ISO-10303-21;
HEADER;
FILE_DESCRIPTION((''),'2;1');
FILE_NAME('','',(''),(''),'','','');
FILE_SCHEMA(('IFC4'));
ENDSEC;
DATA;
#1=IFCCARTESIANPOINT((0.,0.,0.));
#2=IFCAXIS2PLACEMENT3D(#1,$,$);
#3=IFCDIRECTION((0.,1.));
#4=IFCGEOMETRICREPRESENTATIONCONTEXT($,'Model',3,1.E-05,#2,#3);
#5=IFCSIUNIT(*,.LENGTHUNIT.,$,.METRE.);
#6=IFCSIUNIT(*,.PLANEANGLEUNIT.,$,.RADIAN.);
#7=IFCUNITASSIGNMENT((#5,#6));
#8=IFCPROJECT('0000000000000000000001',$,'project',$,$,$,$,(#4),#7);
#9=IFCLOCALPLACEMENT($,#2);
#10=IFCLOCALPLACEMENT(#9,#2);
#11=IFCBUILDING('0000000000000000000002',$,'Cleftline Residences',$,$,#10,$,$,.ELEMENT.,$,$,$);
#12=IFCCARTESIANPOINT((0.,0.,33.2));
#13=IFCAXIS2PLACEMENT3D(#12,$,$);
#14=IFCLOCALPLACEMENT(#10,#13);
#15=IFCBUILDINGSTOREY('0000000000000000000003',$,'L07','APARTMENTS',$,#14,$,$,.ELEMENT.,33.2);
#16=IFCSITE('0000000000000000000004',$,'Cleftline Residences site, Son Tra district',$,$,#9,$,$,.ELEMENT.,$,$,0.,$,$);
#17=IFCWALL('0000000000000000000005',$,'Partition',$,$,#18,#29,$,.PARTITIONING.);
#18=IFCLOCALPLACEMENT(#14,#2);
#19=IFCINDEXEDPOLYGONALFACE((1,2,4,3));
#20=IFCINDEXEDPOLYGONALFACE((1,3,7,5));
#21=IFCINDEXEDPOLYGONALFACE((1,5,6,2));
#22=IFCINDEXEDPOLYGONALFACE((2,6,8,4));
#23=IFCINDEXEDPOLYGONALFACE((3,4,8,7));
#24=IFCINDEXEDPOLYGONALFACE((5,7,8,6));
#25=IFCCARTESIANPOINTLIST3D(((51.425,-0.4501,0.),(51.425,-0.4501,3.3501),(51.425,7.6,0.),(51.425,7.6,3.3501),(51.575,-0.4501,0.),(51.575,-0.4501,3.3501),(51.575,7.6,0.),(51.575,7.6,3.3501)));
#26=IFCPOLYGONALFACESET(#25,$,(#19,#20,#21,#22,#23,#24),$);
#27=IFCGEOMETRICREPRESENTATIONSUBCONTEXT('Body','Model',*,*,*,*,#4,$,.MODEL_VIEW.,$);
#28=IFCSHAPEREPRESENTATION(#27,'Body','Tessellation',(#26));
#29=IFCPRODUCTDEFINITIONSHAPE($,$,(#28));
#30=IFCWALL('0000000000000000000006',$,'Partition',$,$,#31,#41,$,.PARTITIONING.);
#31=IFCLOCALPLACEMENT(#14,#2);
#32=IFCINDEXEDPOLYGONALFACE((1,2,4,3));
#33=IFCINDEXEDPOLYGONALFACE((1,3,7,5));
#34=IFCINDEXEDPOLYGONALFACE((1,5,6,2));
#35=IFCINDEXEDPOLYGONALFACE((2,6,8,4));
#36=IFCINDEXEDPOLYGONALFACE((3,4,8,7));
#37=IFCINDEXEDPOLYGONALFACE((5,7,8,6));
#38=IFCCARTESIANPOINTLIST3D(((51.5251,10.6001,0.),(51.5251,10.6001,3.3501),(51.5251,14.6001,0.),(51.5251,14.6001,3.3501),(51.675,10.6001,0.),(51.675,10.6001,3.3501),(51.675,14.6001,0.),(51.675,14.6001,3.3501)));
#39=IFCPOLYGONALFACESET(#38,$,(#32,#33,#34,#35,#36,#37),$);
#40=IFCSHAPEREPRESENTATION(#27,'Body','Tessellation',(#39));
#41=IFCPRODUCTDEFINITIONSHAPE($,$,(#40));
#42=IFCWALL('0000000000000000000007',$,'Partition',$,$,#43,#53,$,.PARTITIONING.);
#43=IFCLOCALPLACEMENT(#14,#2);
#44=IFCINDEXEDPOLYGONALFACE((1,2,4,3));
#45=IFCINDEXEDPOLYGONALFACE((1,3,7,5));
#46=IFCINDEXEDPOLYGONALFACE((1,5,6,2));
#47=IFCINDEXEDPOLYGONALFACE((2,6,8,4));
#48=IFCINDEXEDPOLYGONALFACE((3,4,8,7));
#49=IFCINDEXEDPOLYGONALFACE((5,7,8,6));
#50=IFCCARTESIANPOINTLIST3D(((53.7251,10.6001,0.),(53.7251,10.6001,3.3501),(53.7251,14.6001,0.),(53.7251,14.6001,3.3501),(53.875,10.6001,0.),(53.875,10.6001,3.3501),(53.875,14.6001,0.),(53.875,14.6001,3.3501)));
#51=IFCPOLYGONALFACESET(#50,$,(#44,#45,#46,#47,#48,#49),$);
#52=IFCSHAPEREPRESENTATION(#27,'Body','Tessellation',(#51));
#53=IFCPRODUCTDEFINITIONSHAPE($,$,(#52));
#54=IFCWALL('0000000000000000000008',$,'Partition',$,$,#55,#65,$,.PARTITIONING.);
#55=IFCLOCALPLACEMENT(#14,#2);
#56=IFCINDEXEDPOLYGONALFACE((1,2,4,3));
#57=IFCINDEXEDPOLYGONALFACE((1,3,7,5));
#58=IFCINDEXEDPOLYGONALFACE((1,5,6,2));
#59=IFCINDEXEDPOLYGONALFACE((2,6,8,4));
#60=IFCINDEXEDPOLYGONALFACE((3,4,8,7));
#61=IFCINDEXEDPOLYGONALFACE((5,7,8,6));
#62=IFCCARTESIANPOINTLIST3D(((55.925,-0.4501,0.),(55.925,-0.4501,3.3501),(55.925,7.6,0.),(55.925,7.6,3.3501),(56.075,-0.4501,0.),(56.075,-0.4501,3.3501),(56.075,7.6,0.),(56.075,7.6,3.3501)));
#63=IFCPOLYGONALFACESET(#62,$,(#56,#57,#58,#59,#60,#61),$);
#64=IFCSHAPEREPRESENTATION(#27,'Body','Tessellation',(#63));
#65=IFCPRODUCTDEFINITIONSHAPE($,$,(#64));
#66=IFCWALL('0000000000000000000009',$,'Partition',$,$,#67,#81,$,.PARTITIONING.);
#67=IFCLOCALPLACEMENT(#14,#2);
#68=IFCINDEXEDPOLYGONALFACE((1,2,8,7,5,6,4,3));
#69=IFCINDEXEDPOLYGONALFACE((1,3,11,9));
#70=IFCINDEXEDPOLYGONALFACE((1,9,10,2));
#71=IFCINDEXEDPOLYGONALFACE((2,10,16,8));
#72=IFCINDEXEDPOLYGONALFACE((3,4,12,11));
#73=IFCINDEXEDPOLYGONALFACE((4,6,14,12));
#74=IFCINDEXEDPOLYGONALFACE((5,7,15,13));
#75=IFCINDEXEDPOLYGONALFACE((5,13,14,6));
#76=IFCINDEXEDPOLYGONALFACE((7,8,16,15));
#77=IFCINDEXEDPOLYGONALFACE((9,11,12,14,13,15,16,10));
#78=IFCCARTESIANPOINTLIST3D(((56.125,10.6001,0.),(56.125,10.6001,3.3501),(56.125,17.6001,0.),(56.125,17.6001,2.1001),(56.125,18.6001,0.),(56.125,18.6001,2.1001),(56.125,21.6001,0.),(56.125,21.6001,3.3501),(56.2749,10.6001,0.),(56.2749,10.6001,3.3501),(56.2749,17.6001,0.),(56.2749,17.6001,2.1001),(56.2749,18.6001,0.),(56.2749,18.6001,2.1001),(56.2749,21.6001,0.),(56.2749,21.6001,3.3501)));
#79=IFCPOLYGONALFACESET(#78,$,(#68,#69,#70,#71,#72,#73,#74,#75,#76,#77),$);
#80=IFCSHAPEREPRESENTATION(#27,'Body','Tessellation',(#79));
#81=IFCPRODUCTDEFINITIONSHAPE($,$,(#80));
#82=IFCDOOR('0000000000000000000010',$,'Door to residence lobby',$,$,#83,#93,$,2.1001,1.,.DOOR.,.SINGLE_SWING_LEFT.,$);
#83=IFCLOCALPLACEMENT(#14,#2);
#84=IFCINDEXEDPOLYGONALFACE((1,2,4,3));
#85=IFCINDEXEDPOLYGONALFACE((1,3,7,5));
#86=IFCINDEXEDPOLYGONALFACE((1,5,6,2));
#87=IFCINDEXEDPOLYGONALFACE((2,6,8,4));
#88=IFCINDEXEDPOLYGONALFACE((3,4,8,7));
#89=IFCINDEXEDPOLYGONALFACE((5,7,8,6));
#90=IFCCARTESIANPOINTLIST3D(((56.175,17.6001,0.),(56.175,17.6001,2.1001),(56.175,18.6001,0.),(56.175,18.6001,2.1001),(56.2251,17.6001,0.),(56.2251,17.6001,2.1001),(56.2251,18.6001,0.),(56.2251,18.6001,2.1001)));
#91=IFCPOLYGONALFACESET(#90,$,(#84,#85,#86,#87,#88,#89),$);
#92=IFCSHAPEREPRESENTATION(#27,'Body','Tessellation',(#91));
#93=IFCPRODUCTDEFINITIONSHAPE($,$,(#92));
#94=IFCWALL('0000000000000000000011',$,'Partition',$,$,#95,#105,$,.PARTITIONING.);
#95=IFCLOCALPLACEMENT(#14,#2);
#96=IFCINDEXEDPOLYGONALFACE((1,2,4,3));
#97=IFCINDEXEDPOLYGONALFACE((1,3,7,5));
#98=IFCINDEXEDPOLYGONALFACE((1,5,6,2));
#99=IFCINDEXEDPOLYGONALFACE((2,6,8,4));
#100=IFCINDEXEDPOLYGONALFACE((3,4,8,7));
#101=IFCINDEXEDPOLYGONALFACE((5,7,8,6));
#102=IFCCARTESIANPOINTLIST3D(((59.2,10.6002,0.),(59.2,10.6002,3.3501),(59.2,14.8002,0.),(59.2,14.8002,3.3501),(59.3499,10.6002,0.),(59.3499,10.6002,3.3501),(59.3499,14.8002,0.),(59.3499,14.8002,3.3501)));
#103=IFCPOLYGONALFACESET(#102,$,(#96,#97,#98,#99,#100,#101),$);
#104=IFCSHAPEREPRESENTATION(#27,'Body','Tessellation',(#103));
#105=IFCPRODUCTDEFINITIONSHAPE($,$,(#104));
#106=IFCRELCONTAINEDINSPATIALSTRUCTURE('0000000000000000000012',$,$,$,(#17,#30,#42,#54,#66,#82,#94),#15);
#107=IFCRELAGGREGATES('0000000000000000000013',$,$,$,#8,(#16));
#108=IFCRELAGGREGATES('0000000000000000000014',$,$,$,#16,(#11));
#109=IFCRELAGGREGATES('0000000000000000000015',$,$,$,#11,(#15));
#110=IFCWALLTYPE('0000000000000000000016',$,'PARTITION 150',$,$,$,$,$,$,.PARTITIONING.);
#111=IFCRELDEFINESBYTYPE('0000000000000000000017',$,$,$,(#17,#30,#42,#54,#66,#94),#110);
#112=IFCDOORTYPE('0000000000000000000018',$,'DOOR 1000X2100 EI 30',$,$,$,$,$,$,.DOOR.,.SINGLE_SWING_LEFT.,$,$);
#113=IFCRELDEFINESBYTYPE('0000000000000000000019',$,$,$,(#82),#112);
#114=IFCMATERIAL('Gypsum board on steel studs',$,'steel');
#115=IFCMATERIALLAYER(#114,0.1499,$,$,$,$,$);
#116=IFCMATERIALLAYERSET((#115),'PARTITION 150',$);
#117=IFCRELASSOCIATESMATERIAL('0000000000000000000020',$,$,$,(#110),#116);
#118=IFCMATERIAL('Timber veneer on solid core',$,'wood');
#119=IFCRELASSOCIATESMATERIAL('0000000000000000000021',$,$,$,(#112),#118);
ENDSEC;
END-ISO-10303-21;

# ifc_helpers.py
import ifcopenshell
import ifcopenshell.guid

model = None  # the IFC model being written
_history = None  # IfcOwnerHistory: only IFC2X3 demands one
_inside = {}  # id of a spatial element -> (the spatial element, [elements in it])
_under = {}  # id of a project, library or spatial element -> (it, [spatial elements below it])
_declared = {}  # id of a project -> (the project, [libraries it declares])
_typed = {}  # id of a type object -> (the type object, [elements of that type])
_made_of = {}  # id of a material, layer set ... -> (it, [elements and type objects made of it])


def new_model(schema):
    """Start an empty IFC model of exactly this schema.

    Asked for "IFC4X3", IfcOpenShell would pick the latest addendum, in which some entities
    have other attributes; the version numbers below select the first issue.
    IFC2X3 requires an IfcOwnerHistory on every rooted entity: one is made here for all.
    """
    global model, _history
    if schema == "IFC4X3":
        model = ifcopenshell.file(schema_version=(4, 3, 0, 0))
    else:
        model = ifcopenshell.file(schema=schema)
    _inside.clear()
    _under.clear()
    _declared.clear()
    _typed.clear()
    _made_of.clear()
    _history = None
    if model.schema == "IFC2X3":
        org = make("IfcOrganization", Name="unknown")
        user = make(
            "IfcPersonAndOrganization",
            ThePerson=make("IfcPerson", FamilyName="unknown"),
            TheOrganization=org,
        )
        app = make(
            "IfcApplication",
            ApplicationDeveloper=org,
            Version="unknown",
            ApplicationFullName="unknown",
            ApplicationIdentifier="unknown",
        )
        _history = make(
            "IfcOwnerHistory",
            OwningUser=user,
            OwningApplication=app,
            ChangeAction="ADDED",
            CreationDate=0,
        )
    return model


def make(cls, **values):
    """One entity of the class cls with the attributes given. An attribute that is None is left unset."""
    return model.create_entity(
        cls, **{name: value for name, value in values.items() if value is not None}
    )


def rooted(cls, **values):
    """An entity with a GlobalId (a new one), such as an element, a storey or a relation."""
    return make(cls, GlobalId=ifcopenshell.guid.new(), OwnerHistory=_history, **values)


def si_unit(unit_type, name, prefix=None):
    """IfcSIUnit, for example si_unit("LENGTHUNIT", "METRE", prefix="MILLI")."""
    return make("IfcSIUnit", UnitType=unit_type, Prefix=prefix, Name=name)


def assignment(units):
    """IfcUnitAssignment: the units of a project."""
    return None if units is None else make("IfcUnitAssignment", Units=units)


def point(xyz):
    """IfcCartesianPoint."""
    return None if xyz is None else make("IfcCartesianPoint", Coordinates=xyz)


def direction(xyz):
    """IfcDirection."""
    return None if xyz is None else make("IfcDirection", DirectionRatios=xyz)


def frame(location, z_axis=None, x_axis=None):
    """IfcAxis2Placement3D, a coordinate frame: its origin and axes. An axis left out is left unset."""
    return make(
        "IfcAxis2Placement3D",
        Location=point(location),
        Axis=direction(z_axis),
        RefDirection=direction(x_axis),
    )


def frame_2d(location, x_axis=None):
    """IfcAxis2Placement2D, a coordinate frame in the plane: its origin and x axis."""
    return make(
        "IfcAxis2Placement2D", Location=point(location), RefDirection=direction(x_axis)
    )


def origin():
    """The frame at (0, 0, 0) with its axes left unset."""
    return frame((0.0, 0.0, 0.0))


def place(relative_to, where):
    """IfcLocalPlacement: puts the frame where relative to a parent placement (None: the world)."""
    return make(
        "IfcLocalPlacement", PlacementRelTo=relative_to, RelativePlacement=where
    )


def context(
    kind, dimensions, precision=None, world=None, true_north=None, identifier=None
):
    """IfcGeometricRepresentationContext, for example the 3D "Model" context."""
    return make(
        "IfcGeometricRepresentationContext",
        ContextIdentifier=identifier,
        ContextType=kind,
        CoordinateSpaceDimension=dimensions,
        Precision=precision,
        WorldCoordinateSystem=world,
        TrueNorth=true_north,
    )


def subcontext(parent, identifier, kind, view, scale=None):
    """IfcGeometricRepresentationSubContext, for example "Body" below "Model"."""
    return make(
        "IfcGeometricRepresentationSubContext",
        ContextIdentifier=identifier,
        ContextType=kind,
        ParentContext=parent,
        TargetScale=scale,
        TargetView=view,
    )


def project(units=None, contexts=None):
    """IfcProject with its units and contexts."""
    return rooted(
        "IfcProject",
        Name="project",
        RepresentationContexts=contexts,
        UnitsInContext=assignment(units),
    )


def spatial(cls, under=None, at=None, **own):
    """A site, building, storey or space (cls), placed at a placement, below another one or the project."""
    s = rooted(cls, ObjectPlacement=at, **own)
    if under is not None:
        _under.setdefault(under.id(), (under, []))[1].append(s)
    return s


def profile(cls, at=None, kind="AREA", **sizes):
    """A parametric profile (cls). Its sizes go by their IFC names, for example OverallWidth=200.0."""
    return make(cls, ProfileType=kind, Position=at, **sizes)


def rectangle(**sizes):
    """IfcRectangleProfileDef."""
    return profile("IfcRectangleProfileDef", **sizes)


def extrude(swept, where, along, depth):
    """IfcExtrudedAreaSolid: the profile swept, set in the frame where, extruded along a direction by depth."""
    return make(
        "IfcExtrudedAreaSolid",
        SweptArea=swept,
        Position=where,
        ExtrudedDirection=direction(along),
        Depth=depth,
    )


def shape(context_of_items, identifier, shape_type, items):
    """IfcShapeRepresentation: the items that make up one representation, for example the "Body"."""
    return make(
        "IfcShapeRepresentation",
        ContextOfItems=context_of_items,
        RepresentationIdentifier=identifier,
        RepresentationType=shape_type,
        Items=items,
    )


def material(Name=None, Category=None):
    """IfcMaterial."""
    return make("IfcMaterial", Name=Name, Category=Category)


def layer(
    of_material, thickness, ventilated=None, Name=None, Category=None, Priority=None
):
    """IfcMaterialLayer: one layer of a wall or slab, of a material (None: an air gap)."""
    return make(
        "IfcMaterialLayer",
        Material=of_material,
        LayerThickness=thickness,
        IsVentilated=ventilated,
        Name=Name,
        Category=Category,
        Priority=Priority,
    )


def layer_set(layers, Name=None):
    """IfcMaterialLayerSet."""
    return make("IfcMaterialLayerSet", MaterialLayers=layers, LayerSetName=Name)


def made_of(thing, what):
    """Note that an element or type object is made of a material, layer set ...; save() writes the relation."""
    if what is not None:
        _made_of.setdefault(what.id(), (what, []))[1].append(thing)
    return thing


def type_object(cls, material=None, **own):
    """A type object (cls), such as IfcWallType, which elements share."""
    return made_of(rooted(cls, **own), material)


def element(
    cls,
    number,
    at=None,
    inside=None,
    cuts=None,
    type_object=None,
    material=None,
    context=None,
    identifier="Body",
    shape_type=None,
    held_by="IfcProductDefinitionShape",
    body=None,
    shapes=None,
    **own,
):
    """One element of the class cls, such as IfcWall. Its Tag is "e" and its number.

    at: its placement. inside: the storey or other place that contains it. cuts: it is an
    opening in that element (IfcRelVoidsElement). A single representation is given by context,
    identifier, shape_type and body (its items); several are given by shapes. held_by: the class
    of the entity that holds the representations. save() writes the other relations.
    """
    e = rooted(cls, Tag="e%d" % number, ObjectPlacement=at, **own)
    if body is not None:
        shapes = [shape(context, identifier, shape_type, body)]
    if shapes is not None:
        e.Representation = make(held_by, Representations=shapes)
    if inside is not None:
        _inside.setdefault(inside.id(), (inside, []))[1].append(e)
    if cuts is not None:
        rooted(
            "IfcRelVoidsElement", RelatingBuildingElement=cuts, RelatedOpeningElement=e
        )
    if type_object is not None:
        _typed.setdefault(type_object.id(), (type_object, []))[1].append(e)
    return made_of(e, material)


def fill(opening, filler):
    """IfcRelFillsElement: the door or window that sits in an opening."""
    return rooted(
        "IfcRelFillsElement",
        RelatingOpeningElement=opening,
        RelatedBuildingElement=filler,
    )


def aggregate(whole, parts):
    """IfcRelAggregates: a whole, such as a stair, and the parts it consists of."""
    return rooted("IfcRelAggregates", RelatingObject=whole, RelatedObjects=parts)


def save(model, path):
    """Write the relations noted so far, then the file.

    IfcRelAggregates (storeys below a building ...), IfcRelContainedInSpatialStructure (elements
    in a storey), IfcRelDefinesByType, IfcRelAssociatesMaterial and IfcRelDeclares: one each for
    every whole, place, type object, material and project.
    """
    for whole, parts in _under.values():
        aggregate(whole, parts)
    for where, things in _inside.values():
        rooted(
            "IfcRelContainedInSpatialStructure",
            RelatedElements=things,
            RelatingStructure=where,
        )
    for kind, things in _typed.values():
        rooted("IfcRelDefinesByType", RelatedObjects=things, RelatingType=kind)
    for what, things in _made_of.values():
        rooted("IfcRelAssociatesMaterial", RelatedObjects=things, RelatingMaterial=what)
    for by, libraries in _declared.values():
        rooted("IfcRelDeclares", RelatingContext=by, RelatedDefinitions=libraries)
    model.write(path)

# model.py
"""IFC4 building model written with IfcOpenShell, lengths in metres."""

from ifc_helpers import new_model, si_unit, direction, frame, frame_2d, origin, place, context, subcontext, project, spatial, rectangle, extrude, material, layer, layer_set, type_object, element, fill, save


model = new_model("IFC4")

# Units and contexts
model_context = context("Model", 3, precision=1e-05, world=origin(), true_north=direction((0.0, 1.0)))
body_context = subcontext(model_context, "Body", "Model", "MODEL_VIEW")
ifc_project = project(units=[si_unit("LENGTHUNIT", "METRE"), si_unit("PLANEANGLEUNIT", "RADIAN")], contexts=[model_context])

# Site, building, storey
site_placement = place(None, origin())
site = spatial("IfcSite", under=ifc_project, at=site_placement, Name="Cleftline Residences site, Son Tra district", CompositionType="ELEMENT", RefElevation=0.0)
building_placement = place(site_placement, origin())
building = spatial("IfcBuilding", under=site, at=building_placement, Name="Cleftline Residences", CompositionType="ELEMENT")
storey_placement = place(building_placement, frame((0.0, 0.0, 33.2)))
storey = spatial("IfcBuildingStorey", under=building, at=storey_placement, Name="L07", Description="APARTMENTS", CompositionType="ELEMENT", Elevation=33.2)

# Shared definitions
ifc_material_1 = material(Name="Gypsum board on steel studs", Category="steel")
ifc_layer_1 = layer(ifc_material_1, 0.1499)
ifc_layer_set_1 = layer_set([ifc_layer_1], Name="PARTITION 150")
wall_type_1 = type_object("IfcWallType", Name="PARTITION 150", PredefinedType="PARTITIONING", material=ifc_layer_set_1)

# Walls
wall_1_placement = place(storey_placement, frame((51.5, -0.45, 0.0), z_axis=(0.0, 0.0, 1.0), x_axis=(0.0, 1.0, 0.0)))
element("IfcWall", 1, at=wall_1_placement, inside=storey, type_object=wall_type_1, Name="Partition", PredefinedType="PARTITIONING", context=body_context, shape_type="SweptSolid", body=[
    extrude(rectangle(XDim=8.05, YDim=0.1499, at=frame_2d((4.0249, 0.0))), origin(), (0.0, 0.0, 1.0), 3.3501),
])
for number, where, z_axis, x_axis, name in (
    (2, (51.6001, 10.6001, 0.0), (0.0, 0.0, 1.0), (0.0, 1.0, 0.0), "Partition"),
    (3, (53.8, 10.6001, 0.0), (0.0, 0.0, 1.0), (0.0, 1.0, 0.0), "Partition"),
):
    element("IfcWall", number, at=place(storey_placement, frame(where, z_axis=z_axis, x_axis=x_axis)), inside=storey, type_object=wall_type_1, Name=name, PredefinedType="PARTITIONING", context=body_context, shape_type="SweptSolid", body=[
        extrude(rectangle(XDim=4.0, YDim=0.1499, at=frame_2d((2.0, 0.0))), origin(), (0.0, 0.0, 1.0), 3.3501),
    ])
wall_2_placement = place(storey_placement, frame((56.0, -0.45, 0.0), z_axis=(0.0, 0.0, 1.0), x_axis=(0.0, 1.0, 0.0)))
element("IfcWall", 4, at=wall_2_placement, inside=storey, type_object=wall_type_1, Name="Partition", PredefinedType="PARTITIONING", context=body_context, shape_type="SweptSolid", body=[
    extrude(rectangle(XDim=8.05, YDim=0.1499, at=frame_2d((4.0249, 0.0))), origin(), (0.0, 0.0, 1.0), 3.3501),
])

# Wall, opening, door
wall_3_placement = place(storey_placement, frame((56.2, 10.6001, 0.0), z_axis=(0.0, 0.0, 1.0), x_axis=(0.0, 1.0, 0.0)))
wall_3 = element("IfcWall", 5, at=wall_3_placement, inside=storey, type_object=wall_type_1, Name="Partition", PredefinedType="PARTITIONING", context=body_context, shape_type="SweptSolid", body=[
    extrude(rectangle(XDim=11.0, YDim=0.1499, at=frame_2d((5.5, 0.0))), origin(), (0.0, 0.0, 1.0), 3.3501),
])
opening_1_placement = place(wall_3_placement, frame((7.0, 0.0, 0.0)))
opening_1 = element("IfcOpeningElement", 6, at=opening_1_placement, cuts=wall_3, PredefinedType="OPENING", context=body_context, shape_type="SweptSolid", body=[
    extrude(rectangle(XDim=1.0, YDim=2.1001, at=frame_2d((0.5, 1.05))), frame((0.0, 0.085, 0.0), z_axis=(0.0, -1.0, 0.0), x_axis=(1.0, 0.0, 0.0)), (0.0, 0.0, 1.0), 0.1699),
])
ifc_material_2 = material(Name="Timber veneer on solid core", Category="wood")
door_type_1 = type_object("IfcDoorType", Name="DOOR 1000X2100 EI 30", OperationType="SINGLE_SWING_LEFT", PredefinedType="DOOR", material=ifc_material_2)
door_1_placement = place(opening_1_placement, origin())
door_1 = element("IfcDoor", 7, at=door_1_placement, inside=storey, type_object=door_type_1, Name="Door to residence lobby", OperationType="SINGLE_SWING_LEFT", OverallHeight=2.1001, OverallWidth=1.0, PredefinedType="DOOR", context=body_context, shape_type="SweptSolid", body=[
    extrude(rectangle(XDim=1.0, YDim=2.1001, at=frame_2d((0.5, 1.05))), frame((0.0, 0.0249, 0.0), z_axis=(0.0, -1.0, 0.0), x_axis=(1.0, 0.0, 0.0)), (0.0, 0.0, 1.0), 0.05),
])
fill(opening_1, door_1)

# Wall
wall_4_placement = place(storey_placement, frame((59.2749, 10.6001, 0.0), z_axis=(0.0, 0.0, 1.0), x_axis=(0.0, 1.0, 0.0)))
element("IfcWall", 8, at=wall_4_placement, inside=storey, type_object=wall_type_1, Name="Partition", PredefinedType="PARTITIONING", context=body_context, shape_type="SweptSolid", body=[
    extrude(rectangle(XDim=4.2, YDim=0.1499, at=frame_2d((2.1001, 0.0))), origin(), (0.0, 0.0, 1.0), 3.3501),
])

save(model, "model.ifc")
